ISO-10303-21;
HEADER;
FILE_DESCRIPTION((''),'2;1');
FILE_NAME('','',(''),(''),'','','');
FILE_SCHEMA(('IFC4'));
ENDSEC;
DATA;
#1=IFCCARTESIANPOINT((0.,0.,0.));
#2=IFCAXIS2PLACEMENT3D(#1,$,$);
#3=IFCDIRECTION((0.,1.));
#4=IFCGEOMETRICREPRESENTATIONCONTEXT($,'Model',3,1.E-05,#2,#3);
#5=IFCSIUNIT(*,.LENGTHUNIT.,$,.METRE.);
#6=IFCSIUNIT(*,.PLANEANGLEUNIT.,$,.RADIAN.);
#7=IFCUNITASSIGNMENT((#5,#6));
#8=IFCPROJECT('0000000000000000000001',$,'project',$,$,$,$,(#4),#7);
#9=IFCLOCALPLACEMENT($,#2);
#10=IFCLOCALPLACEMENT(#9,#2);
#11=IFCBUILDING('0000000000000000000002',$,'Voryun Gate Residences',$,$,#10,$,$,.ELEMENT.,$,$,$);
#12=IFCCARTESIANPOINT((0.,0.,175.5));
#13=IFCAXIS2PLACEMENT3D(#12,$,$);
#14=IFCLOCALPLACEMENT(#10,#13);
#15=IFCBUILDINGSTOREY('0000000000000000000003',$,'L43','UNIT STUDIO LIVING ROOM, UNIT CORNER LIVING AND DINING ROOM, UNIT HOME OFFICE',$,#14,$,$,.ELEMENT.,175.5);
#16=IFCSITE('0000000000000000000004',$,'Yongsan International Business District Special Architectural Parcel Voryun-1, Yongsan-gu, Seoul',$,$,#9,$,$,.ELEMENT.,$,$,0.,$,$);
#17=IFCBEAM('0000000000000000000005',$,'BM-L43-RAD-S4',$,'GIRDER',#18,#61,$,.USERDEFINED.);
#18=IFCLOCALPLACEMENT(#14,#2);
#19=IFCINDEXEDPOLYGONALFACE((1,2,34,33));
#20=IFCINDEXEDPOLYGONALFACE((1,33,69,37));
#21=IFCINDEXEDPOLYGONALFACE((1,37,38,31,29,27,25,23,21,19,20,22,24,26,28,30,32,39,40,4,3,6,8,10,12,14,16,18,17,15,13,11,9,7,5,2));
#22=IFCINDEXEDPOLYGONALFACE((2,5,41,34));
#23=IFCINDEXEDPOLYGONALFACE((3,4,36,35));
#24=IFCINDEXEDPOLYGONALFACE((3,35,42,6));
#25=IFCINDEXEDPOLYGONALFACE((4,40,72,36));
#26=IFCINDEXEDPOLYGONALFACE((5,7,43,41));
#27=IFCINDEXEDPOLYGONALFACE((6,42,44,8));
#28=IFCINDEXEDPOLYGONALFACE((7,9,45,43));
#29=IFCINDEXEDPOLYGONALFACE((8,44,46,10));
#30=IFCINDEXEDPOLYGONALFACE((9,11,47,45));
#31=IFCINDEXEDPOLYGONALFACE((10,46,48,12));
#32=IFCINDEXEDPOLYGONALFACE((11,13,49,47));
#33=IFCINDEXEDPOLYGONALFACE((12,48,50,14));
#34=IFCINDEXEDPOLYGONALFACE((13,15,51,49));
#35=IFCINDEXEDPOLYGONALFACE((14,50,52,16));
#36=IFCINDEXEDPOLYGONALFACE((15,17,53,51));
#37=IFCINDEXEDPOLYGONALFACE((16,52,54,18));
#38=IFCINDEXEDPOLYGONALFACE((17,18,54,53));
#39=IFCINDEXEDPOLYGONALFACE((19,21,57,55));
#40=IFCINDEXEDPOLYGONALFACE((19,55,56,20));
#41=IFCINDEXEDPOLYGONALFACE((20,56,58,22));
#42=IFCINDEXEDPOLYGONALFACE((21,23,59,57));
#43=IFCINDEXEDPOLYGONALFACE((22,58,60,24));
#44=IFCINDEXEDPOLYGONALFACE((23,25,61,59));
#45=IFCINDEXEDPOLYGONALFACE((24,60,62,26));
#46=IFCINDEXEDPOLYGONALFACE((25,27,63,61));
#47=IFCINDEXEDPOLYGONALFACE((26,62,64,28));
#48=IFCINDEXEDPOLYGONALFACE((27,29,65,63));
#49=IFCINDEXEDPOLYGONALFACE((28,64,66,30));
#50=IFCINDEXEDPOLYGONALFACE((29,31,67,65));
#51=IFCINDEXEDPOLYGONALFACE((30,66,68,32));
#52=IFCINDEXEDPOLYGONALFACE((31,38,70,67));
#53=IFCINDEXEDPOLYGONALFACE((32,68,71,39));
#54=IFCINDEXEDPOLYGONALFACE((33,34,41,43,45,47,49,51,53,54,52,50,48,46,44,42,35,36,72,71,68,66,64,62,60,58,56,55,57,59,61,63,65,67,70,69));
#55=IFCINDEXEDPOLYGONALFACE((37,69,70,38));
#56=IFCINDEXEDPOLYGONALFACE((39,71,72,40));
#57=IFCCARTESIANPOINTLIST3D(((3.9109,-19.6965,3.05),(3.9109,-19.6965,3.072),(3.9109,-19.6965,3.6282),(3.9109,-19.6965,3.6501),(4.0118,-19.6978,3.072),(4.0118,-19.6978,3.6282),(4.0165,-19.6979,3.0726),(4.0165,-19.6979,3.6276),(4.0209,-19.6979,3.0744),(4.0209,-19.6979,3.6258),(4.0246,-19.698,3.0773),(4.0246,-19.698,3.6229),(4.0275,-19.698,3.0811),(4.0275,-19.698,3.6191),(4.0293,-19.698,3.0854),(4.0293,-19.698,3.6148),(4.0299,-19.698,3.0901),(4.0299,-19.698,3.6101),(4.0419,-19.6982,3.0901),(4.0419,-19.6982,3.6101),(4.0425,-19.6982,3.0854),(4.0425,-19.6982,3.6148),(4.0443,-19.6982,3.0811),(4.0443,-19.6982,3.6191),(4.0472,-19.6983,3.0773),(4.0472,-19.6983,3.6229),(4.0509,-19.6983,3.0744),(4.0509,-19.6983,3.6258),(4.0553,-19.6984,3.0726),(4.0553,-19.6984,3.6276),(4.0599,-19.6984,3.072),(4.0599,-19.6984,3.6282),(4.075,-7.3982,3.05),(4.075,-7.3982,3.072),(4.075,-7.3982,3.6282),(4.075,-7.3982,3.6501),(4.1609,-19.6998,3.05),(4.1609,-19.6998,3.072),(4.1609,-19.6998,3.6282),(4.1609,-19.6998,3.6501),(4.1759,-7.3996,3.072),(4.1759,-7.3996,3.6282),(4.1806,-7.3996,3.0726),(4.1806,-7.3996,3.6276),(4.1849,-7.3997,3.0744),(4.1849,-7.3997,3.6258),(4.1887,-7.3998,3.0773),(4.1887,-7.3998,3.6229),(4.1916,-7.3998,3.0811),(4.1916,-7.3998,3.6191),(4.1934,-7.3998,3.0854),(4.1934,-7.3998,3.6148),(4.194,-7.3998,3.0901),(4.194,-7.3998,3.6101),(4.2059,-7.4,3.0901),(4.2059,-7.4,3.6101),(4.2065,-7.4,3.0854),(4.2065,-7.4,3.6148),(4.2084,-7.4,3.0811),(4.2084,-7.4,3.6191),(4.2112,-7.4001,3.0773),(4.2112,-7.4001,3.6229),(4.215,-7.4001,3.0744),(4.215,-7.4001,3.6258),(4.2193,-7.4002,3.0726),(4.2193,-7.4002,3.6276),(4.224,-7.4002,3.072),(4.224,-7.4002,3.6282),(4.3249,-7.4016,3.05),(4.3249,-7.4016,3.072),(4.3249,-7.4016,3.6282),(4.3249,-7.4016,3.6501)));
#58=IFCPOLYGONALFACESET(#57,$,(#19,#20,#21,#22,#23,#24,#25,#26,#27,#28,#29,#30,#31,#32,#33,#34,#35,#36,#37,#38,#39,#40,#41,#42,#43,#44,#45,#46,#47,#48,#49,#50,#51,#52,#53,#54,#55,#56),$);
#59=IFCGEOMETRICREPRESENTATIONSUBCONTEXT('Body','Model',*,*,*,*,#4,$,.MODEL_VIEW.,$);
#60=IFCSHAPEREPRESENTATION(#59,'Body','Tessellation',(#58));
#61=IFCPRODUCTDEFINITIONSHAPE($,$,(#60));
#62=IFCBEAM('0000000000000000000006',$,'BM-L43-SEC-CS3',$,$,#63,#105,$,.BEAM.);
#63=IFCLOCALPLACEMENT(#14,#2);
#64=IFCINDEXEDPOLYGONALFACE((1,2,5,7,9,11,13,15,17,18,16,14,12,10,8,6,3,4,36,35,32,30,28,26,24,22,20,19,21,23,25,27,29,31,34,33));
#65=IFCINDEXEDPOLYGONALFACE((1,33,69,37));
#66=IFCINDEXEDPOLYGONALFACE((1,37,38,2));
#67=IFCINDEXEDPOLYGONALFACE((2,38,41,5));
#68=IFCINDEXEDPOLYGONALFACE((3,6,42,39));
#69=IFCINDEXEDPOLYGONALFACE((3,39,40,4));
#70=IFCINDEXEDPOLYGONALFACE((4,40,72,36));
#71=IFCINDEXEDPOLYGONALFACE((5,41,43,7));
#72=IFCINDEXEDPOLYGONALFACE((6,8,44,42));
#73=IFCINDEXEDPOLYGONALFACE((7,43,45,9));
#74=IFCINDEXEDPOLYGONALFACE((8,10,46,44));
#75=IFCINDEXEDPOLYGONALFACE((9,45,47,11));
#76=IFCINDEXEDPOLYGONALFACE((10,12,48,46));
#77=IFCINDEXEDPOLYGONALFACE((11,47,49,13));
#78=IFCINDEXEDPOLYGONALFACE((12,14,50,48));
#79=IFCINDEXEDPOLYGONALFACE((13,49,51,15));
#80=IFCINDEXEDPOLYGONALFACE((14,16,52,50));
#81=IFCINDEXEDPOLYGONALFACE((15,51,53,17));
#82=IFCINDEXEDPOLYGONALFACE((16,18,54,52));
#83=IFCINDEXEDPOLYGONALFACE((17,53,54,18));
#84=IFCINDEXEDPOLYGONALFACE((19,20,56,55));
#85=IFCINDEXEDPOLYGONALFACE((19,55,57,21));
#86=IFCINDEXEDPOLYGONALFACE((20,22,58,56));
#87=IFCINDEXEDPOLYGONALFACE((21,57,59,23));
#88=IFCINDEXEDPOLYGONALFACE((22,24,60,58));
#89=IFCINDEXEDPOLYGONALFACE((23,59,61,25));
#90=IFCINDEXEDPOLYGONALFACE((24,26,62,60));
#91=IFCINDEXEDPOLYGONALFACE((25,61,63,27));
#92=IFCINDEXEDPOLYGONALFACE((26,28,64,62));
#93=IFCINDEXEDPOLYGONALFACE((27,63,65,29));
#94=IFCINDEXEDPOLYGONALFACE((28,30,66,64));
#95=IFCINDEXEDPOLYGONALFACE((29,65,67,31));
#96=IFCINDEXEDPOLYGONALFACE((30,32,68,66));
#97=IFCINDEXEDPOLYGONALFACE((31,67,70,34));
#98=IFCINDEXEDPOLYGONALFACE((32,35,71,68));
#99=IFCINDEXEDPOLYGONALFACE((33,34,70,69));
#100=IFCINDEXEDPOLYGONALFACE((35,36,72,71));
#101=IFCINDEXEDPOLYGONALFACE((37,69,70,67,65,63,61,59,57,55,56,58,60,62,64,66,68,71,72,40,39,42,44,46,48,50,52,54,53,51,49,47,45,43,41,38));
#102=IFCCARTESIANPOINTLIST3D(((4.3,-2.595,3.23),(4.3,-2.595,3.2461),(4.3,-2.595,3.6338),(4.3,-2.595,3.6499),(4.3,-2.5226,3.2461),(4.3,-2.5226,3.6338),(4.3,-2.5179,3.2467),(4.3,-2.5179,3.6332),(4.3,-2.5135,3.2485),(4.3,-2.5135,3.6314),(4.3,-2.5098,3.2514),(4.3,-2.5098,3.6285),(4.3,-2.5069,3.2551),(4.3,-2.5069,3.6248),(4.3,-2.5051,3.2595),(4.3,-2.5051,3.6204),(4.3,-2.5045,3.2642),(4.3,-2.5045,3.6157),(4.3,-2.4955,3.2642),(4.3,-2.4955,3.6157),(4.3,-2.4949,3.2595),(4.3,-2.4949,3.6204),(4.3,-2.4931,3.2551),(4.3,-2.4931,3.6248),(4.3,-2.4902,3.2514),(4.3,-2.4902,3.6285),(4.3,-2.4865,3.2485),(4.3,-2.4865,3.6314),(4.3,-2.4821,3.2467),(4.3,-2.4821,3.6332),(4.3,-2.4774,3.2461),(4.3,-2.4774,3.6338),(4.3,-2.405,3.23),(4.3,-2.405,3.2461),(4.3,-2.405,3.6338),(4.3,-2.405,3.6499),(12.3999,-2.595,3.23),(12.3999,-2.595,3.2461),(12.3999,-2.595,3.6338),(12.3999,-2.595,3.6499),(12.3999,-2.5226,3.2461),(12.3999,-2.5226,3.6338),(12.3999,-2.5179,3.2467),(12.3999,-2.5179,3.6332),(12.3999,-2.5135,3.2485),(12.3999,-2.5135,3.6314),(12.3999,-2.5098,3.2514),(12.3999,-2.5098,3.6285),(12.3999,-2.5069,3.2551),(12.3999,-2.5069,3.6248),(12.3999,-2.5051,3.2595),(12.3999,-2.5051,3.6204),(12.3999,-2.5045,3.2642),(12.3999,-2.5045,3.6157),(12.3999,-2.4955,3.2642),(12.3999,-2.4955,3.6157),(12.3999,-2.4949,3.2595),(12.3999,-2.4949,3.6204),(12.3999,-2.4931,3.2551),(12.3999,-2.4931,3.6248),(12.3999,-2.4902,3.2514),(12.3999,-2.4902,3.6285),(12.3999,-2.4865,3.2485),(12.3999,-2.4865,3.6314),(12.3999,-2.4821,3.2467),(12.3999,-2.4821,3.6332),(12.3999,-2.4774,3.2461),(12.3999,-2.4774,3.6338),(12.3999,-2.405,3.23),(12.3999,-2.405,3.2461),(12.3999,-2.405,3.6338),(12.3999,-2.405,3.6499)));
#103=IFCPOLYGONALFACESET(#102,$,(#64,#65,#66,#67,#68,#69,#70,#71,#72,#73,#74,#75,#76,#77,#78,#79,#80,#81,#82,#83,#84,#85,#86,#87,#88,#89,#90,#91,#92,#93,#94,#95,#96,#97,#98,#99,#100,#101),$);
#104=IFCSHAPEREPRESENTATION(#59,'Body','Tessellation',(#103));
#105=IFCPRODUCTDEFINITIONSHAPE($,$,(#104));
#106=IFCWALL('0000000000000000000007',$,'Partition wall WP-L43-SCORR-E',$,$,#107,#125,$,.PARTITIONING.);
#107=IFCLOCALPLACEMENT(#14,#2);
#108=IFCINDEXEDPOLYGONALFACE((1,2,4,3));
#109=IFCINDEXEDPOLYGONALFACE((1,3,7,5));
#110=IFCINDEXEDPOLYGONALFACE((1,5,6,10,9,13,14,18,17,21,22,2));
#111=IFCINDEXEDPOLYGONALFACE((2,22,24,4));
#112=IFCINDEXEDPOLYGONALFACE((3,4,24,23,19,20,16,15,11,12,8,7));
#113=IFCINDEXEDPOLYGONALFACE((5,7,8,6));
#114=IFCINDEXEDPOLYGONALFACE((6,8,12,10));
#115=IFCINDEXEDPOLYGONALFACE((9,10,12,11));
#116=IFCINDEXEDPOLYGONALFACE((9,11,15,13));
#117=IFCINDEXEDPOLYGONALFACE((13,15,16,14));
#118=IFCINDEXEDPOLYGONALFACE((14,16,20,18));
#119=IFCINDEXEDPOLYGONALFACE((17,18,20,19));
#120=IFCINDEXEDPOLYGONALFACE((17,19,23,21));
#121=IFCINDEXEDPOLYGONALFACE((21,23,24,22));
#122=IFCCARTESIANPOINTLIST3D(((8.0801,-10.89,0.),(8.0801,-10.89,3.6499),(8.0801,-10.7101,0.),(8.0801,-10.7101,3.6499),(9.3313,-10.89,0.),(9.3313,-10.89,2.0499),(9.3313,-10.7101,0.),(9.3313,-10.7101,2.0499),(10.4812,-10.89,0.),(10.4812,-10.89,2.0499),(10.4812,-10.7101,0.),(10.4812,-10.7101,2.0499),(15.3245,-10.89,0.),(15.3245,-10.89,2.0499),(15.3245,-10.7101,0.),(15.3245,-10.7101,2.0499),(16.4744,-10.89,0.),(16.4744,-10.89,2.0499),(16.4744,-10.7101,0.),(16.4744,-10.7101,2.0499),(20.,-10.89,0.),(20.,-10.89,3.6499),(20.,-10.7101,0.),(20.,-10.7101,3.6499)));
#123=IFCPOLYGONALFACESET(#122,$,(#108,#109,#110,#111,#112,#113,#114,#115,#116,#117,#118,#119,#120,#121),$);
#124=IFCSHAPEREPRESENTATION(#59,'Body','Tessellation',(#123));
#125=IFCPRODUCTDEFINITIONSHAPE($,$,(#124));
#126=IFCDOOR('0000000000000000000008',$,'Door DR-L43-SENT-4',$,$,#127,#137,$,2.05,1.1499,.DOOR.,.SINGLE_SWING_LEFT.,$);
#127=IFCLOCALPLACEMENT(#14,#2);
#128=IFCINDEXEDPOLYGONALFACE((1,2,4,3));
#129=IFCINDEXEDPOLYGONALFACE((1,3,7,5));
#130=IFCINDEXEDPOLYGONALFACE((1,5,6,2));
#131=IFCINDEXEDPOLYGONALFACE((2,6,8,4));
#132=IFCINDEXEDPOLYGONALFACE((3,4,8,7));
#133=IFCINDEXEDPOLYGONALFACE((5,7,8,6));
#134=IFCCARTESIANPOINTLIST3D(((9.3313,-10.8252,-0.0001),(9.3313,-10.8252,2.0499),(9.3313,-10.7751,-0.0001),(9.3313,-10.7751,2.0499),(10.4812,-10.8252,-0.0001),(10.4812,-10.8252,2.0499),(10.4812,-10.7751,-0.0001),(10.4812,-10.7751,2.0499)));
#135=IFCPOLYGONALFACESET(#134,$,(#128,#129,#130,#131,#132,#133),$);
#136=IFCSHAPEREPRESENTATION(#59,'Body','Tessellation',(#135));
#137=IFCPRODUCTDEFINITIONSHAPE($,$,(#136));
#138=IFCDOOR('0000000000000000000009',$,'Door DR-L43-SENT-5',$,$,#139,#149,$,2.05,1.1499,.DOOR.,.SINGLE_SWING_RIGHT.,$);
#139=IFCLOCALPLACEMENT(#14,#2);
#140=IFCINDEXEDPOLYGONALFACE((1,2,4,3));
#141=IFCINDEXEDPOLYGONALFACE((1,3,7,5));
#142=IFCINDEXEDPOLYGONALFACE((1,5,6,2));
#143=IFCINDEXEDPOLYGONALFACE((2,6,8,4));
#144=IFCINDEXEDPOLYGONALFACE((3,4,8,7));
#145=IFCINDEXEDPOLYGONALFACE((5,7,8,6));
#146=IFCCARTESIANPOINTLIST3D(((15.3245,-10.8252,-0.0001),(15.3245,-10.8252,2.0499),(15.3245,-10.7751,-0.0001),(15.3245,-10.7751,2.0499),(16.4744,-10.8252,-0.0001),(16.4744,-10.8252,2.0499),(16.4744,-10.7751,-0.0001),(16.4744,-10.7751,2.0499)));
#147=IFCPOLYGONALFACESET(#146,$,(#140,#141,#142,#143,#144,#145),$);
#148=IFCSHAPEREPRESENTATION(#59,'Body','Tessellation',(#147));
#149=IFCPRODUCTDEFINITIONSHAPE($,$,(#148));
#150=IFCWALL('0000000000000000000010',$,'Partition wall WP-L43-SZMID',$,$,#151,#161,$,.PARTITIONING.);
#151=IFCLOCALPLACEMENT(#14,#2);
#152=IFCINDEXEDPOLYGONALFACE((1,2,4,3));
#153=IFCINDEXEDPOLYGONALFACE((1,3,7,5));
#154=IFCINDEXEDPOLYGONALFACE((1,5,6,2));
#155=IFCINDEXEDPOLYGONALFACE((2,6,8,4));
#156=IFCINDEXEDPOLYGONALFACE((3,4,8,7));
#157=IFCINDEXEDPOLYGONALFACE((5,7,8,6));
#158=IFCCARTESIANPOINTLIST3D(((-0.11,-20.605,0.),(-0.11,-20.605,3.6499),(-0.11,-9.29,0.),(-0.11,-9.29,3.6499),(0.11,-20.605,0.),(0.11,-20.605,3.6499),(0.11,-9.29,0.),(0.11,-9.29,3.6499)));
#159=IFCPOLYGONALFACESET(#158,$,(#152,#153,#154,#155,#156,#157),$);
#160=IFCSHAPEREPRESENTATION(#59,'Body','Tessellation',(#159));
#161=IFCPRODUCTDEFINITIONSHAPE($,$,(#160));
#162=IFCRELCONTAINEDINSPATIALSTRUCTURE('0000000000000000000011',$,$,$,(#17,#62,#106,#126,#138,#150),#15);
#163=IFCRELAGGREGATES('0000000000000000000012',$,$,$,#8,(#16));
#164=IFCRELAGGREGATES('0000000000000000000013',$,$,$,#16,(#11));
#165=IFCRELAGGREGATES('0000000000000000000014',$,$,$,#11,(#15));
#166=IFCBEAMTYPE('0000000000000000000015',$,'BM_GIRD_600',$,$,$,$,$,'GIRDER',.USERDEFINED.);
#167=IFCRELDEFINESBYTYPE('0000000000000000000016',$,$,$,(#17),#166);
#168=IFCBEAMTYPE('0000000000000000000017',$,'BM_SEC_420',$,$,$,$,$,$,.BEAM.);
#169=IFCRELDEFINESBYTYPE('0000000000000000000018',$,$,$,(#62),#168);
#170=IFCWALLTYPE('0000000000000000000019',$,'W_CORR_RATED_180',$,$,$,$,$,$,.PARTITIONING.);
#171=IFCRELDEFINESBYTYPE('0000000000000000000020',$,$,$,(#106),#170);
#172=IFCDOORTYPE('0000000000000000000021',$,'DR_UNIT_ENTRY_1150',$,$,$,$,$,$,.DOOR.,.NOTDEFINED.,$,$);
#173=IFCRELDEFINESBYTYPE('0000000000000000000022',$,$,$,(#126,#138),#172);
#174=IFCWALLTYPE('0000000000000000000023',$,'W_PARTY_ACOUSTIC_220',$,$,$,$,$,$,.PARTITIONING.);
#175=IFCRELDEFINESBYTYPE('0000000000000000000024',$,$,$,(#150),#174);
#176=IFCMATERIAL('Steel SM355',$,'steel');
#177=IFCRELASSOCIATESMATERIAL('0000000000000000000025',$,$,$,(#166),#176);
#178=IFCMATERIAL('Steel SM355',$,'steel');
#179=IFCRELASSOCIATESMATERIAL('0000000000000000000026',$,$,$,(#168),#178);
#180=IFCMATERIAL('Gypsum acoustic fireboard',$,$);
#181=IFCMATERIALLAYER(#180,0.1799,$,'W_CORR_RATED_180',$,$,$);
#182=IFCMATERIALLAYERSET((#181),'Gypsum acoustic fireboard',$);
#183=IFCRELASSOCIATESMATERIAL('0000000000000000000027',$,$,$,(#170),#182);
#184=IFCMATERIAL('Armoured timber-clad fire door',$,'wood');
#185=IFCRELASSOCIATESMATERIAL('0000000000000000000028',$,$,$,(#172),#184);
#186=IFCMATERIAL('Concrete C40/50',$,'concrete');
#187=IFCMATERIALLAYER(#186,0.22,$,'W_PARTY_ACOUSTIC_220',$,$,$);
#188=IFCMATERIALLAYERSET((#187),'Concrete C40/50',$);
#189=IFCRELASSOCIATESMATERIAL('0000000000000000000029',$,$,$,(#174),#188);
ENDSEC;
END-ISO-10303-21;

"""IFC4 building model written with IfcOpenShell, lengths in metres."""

from ifc_helpers import new_model, si_unit, direction, frame, frame_2d, origin, origin_2d, place, context, subcontext, project, spatial, rectangle, i_section, extrude, material, layer, layer_set, material_profile, profile_set, type_object, element, fill, save


model = new_model("IFC4")

# Units and contexts
model_context = context("Model", 3, precision=1e-05, world=origin(), true_north=direction((0.0, 1.0)))
body_context = subcontext(model_context, "Body", "Model", "MODEL_VIEW")
ifc_project = project(units=[si_unit("LENGTHUNIT", "METRE"), si_unit("PLANEANGLEUNIT", "RADIAN")], contexts=[model_context])

# Site, building, storey
site_placement = place(None, origin())
site = spatial("IfcSite", under=ifc_project, at=site_placement, Name="Yongsan International Business District Special Architectural Parcel Voryun-1, Yongsan-gu, Seoul", CompositionType="ELEMENT", RefElevation=0.0)
building_placement = place(site_placement, origin())
building = spatial("IfcBuilding", under=site, at=building_placement, Name="Voryun Gate Residences", CompositionType="ELEMENT")
storey_placement = place(building_placement, frame((0.0, 0.0, 175.5)))
storey = spatial("IfcBuildingStorey", under=building, at=storey_placement, Name="L43", Description="UNIT STUDIO LIVING ROOM, UNIT CORNER LIVING AND DINING ROOM, UNIT HOME OFFICE", CompositionType="ELEMENT", Elevation=175.5)

# Beams
ifc_material_1 = material(Name="Steel SM355", Category="steel")
ifc_material_profile_1 = material_profile(ifc_material_1, i_section(OverallWidth=0.25, OverallDepth=0.6001, WebThickness=0.012, FlangeThickness=0.022, FilletRadius=0.0181, at=origin_2d()), Name="H-600x250x12x22")
ifc_profile_set_1 = profile_set([ifc_material_profile_1], Name="Steel SM355")
beam_type_1 = type_object("IfcBeamType", Name="BM_GIRD_600", ElementType="GIRDER", PredefinedType="USERDEFINED", material=ifc_profile_set_1)
beam_1_placement = place(storey_placement, frame((4.2, -7.3999, 3.3501), z_axis=(-0.013339, -0.999911, 0.0), x_axis=(0.999911, -0.013339, 0.0)))
element("IfcBeam", 1, at=beam_1_placement, inside=storey, type_object=beam_type_1, Name="BM-L43-RAD-S4", ObjectType="GIRDER", PredefinedType="USERDEFINED", context=body_context, shape_type="SweptSolid", body=[
    extrude(i_section(OverallWidth=0.25, OverallDepth=0.6001, WebThickness=0.012, FlangeThickness=0.022, FilletRadius=0.0181, at=origin_2d()), origin(), (0.0, 0.0, 1.0), 12.2993),
])
ifc_material_2 = material(Name="Steel SM355", Category="steel")
ifc_material_profile_2 = material_profile(ifc_material_2, i_section(OverallWidth=0.1899, OverallDepth=0.4199, WebThickness=0.009, FlangeThickness=0.0161, FilletRadius=0.0181, at=origin_2d()), Name="H-420x190x9x16")
ifc_profile_set_2 = profile_set([ifc_material_profile_2], Name="Steel SM355")
beam_type_2 = type_object("IfcBeamType", Name="BM_SEC_420", PredefinedType="BEAM", material=ifc_profile_set_2)
beam_2_placement = place(storey_placement, frame((4.3, -2.5, 3.4399), z_axis=(1.0, 0.0, 0.0), x_axis=(0.0, 1.0, 0.0)))
element("IfcBeam", 2, at=beam_2_placement, inside=storey, type_object=beam_type_2, Name="BM-L43-SEC-CS3", PredefinedType="BEAM", context=body_context, shape_type="SweptSolid", body=[
    extrude(i_section(OverallWidth=0.1899, OverallDepth=0.4199, WebThickness=0.009, FlangeThickness=0.0161, FilletRadius=0.0181, at=origin_2d()), origin(), (0.0, 0.0, 1.0), 8.0999),
])

# Wall, openings, doors
ifc_material_3 = material(Name="Gypsum acoustic fireboard")
ifc_layer_1 = layer(ifc_material_3, 0.1799, Name="W_CORR_RATED_180")
ifc_layer_set_1 = layer_set([ifc_layer_1], Name="Gypsum acoustic fireboard")
wall_type_1 = type_object("IfcWallType", Name="W_CORR_RATED_180", PredefinedType="PARTITIONING", material=ifc_layer_set_1)
wall_1_placement = place(storey_placement, frame((8.0801, -10.8, 0.0), z_axis=(0.0, 0.0, 1.0), x_axis=(1.0, 0.0, 0.0)))
wall_1 = element("IfcWall", 3, at=wall_1_placement, inside=storey, type_object=wall_type_1, Name="Partition wall WP-L43-SCORR-E", PredefinedType="PARTITIONING", context=body_context, shape_type="SweptSolid", body=[
    extrude(rectangle(XDim=11.9199, YDim=0.1799, at=frame_2d((5.96, 0.0))), origin(), (0.0, 0.0, 1.0), 3.6499),
])
opening_1_placement = place(wall_1_placement, frame((1.2512, 0.0, 0.0)))
opening_1 = element("IfcOpeningElement", 4, at=opening_1_placement, cuts=wall_1, PredefinedType="OPENING", context=body_context, shape_type="SweptSolid", body=[
    extrude(rectangle(XDim=1.1499, YDim=2.05, at=frame_2d((0.575, 1.0249))), frame((0.0, 0.0999, 0.0), z_axis=(0.0, -1.0, 0.0), x_axis=(1.0, 0.0, 0.0)), (0.0, 0.0, 1.0), 0.2),
])
opening_2_placement = place(wall_1_placement, frame((7.2444, 0.0, 0.0)))
opening_2 = element("IfcOpeningElement", 5, at=opening_2_placement, cuts=wall_1, PredefinedType="OPENING", context=body_context, shape_type="SweptSolid", body=[
    extrude(rectangle(XDim=1.1499, YDim=2.05, at=frame_2d((0.575, 1.0249))), frame((0.0, 0.0999, 0.0), z_axis=(0.0, -1.0, 0.0), x_axis=(1.0, 0.0, 0.0)), (0.0, 0.0, 1.0), 0.2),
])
ifc_material_4 = material(Name="Armoured timber-clad fire door", Category="wood")
door_type_1 = type_object("IfcDoorType", Name="DR_UNIT_ENTRY_1150", OperationType="NOTDEFINED", PredefinedType="DOOR", material=ifc_material_4)
door_1_placement = place(opening_1_placement, origin())
door_1 = element("IfcDoor", 6, at=door_1_placement, inside=storey, type_object=door_type_1, Name="Door DR-L43-SENT-4", OperationType="SINGLE_SWING_LEFT", OverallHeight=2.05, OverallWidth=1.1499, PredefinedType="DOOR", context=body_context, shape_type="SweptSolid", body=[
    extrude(rectangle(XDim=1.1499, YDim=2.05, at=frame_2d((0.575, 1.0249))), frame((0.0, 0.0249, 0.0), z_axis=(0.0, -1.0, 0.0), x_axis=(1.0, 0.0, 0.0)), (0.0, 0.0, 1.0), 0.05),
])
fill(opening_1, door_1)
door_2_placement = place(opening_2_placement, origin())
door_2 = element("IfcDoor", 7, at=door_2_placement, inside=storey, type_object=door_type_1, Name="Door DR-L43-SENT-5", OperationType="SINGLE_SWING_RIGHT", OverallHeight=2.05, OverallWidth=1.1499, PredefinedType="DOOR", context=body_context, shape_type="SweptSolid", body=[
    extrude(rectangle(XDim=1.1499, YDim=2.05, at=frame_2d((0.575, 1.0249))), frame((0.0, 0.0249, 0.0), z_axis=(0.0, -1.0, 0.0), x_axis=(1.0, 0.0, 0.0)), (0.0, 0.0, 1.0), 0.05),
])
fill(opening_2, door_2)

# Wall
ifc_material_5 = material(Name="Concrete C40/50", Category="concrete")
ifc_layer_2 = layer(ifc_material_5, 0.22, Name="W_PARTY_ACOUSTIC_220")
ifc_layer_set_2 = layer_set([ifc_layer_2], Name="Concrete C40/50")
wall_type_2 = type_object("IfcWallType", Name="W_PARTY_ACOUSTIC_220", PredefinedType="PARTITIONING", material=ifc_layer_set_2)
wall_2_placement = place(storey_placement, frame((0.0, -20.605, 0.0), z_axis=(0.0, 0.0, 1.0), x_axis=(0.0, 1.0, 0.0)))
element("IfcWall", 8, at=wall_2_placement, inside=storey, type_object=wall_type_2, Name="Partition wall WP-L43-SZMID", PredefinedType="PARTITIONING", context=body_context, shape_type="SweptSolid", body=[
    extrude(rectangle(XDim=11.3149, YDim=0.22, at=frame_2d((5.6575, 0.0))), origin(), (0.0, 0.0, 1.0), 3.6499),
])

save(model, "model.ifc")
